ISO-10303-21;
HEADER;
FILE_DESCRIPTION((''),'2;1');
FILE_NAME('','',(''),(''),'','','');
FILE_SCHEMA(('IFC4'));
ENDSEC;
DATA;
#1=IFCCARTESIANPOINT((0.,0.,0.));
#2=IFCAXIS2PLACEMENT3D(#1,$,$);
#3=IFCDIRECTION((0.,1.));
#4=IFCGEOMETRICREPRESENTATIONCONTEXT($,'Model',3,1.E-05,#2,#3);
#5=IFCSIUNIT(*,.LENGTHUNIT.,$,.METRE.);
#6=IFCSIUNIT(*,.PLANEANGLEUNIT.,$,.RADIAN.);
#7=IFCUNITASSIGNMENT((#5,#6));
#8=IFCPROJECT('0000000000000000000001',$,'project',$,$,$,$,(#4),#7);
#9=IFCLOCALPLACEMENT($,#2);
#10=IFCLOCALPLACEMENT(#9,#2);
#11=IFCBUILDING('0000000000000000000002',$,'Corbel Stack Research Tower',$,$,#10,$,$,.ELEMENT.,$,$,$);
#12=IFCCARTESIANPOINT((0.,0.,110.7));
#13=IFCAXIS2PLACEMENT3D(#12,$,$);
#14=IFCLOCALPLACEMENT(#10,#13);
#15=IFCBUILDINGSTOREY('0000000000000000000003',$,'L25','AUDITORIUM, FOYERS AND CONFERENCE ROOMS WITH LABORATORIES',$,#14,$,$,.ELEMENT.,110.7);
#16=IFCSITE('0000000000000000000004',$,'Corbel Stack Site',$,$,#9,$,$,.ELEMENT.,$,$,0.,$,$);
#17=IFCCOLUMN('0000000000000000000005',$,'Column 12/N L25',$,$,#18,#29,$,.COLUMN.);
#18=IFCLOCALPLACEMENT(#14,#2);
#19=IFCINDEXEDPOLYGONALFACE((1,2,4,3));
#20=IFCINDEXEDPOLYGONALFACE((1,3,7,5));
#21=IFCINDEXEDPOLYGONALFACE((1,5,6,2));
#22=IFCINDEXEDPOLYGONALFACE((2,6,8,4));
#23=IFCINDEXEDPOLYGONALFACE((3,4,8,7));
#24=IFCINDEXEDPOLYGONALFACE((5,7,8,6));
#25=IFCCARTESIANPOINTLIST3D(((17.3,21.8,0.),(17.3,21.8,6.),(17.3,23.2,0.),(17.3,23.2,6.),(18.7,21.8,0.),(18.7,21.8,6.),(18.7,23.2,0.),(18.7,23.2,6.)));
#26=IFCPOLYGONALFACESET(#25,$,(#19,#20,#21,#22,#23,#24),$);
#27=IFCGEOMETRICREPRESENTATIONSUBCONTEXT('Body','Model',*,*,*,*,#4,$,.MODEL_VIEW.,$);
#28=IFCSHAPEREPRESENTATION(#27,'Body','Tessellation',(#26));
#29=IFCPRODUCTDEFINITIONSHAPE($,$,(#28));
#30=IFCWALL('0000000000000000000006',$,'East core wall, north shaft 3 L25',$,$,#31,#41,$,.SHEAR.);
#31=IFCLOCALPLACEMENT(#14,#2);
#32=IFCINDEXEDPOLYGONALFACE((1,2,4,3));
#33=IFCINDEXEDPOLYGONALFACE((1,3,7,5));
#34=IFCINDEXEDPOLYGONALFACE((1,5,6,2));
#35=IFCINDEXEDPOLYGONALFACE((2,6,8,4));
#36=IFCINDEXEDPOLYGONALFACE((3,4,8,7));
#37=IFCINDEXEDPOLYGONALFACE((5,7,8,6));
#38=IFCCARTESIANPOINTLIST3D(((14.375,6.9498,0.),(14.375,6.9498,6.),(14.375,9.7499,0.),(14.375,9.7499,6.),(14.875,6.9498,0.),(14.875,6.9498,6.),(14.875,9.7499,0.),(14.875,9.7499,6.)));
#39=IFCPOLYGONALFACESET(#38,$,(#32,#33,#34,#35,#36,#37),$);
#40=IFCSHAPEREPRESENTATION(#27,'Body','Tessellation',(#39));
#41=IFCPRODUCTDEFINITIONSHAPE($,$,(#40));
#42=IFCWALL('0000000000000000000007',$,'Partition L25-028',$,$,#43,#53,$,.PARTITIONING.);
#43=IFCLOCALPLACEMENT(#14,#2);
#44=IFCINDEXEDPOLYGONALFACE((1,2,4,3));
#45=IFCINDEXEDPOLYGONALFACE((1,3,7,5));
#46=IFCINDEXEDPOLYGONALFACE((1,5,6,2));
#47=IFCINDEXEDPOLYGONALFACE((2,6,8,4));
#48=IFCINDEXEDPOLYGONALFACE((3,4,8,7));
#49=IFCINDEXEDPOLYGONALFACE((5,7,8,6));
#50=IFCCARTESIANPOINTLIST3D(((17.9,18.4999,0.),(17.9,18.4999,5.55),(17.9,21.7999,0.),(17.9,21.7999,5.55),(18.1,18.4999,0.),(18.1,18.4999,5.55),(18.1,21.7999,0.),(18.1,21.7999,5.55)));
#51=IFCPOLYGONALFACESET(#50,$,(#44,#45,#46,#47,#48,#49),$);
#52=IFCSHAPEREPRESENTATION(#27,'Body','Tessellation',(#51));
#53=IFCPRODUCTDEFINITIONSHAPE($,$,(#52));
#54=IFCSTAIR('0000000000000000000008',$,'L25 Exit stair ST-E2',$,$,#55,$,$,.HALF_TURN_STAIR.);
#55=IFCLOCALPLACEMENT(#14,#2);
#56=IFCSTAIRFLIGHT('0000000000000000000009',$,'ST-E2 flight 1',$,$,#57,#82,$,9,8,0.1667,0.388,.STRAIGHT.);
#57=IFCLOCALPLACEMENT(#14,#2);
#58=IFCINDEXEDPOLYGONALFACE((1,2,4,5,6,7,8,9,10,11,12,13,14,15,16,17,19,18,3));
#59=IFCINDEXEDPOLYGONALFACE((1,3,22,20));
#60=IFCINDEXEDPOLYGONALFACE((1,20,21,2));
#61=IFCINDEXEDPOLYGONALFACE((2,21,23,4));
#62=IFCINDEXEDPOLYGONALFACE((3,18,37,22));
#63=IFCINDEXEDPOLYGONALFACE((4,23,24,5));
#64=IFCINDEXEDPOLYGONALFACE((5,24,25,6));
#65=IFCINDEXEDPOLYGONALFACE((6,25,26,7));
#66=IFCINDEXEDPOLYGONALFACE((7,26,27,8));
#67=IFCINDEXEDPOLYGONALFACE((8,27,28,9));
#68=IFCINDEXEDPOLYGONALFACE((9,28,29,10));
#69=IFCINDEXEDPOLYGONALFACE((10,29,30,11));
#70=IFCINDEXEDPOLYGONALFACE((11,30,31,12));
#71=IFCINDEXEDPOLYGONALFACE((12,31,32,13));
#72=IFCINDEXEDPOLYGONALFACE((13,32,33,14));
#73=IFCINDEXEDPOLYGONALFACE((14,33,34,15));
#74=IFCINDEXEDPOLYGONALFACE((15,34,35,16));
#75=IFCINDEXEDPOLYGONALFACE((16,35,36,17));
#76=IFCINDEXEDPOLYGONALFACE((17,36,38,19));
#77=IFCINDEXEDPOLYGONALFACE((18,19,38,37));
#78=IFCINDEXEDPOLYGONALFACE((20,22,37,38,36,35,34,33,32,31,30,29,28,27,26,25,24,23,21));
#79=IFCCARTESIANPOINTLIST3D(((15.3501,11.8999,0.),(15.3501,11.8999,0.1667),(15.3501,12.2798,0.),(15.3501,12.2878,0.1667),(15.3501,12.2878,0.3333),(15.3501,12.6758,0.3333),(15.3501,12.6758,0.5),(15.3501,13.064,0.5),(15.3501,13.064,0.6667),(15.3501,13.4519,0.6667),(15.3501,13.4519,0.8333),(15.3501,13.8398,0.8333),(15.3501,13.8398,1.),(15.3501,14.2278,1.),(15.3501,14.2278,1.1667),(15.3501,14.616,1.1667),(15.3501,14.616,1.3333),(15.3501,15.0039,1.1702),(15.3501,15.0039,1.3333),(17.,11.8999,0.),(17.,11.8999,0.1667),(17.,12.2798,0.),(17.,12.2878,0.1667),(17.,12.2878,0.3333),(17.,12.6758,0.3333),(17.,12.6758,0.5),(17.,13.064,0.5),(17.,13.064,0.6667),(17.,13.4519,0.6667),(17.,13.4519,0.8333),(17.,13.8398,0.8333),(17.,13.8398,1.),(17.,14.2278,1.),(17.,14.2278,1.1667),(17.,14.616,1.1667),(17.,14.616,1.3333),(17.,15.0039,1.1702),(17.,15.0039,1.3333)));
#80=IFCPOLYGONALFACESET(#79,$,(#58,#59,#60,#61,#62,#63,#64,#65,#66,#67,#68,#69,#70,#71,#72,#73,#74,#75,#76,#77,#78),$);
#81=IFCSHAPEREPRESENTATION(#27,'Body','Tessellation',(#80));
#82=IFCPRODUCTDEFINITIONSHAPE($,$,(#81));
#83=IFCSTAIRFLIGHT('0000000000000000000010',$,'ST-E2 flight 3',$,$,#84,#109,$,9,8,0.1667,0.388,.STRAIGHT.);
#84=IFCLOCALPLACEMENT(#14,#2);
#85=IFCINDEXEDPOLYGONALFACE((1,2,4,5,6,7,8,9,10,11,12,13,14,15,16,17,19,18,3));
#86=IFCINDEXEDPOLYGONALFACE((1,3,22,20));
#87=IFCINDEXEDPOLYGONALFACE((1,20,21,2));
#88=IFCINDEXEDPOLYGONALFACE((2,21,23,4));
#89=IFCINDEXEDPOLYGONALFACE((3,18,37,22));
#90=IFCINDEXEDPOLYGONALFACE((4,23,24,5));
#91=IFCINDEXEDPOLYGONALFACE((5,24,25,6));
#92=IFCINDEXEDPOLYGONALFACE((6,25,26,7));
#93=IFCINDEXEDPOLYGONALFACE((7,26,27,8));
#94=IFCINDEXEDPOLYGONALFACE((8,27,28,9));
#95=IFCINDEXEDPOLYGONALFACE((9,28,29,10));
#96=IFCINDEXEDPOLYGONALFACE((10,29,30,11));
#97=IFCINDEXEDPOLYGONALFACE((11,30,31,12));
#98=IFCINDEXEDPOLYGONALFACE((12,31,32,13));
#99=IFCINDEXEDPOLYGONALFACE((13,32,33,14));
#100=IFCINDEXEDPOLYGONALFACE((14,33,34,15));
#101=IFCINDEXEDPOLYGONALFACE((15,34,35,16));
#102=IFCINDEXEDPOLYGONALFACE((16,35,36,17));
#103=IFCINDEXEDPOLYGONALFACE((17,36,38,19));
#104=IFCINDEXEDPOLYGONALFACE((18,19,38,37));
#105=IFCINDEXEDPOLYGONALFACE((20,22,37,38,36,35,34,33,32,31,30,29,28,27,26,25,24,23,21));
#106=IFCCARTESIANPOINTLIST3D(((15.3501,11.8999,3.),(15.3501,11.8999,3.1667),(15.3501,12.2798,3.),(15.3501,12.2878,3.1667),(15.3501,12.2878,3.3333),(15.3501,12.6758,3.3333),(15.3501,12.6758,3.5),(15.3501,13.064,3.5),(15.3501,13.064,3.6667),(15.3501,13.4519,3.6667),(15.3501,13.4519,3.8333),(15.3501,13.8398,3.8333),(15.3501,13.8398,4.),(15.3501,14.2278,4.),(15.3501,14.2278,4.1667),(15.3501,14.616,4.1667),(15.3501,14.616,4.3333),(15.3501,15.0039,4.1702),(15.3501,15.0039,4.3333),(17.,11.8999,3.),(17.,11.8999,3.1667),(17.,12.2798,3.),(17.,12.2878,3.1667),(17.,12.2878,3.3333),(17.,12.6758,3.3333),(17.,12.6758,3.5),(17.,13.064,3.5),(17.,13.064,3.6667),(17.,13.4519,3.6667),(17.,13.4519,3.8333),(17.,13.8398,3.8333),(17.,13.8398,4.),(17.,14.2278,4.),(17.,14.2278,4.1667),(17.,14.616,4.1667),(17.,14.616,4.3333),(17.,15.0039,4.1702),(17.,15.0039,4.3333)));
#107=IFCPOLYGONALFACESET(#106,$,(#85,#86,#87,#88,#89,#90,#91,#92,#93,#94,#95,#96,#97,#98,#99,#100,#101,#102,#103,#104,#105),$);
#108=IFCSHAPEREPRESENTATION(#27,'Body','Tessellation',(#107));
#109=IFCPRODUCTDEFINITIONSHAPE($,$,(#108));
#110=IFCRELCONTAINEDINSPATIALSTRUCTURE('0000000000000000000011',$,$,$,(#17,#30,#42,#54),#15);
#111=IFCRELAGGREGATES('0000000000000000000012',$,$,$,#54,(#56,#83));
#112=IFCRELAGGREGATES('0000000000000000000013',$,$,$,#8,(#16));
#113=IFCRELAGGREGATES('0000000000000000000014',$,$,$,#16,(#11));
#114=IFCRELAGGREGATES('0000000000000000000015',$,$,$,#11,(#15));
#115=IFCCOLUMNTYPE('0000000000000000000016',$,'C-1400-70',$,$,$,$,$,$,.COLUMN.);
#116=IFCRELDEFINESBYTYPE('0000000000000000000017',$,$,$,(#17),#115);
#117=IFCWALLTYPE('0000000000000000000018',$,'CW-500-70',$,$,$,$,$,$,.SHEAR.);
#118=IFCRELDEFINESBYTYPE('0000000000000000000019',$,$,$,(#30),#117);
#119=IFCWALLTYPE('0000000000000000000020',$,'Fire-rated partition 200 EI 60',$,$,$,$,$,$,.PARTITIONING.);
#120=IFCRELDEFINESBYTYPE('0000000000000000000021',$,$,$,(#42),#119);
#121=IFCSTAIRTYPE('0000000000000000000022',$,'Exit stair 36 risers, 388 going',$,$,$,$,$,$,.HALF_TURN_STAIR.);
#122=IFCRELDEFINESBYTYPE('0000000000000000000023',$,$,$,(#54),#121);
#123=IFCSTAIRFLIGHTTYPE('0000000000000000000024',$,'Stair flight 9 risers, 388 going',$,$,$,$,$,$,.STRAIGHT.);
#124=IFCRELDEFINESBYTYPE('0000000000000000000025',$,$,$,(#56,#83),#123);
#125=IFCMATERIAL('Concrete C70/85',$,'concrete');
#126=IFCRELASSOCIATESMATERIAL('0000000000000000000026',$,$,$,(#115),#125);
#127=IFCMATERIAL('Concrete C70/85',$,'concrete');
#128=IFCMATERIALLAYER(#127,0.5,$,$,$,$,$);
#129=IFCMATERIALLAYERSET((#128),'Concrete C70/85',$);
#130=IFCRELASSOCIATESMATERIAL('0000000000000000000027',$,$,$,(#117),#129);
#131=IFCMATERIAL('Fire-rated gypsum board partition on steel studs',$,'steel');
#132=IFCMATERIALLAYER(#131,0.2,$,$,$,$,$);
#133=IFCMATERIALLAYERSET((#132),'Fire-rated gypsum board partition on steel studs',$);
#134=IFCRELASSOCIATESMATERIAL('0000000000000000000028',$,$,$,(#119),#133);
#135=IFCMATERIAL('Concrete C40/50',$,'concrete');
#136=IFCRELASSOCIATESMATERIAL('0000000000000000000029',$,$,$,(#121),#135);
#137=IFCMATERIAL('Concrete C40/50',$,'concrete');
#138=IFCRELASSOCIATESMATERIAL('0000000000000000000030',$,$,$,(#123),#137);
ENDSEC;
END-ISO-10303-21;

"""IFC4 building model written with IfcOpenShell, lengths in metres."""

from ifc_helpers import new_model, si_unit, direction, frame, frame_2d, origin, origin_2d, place, context, subcontext, project, spatial, polyline, rectangle, outline, extrude, material, layer, layer_set, material_profile, profile_set, type_object, element, aggregate, save


model = new_model("IFC4")

# Units and contexts
model_context = context("Model", 3, precision=1e-05, world=origin(), true_north=direction((0.0, 1.0)))
body_context = subcontext(model_context, "Body", "Model", "MODEL_VIEW")
ifc_project = project(units=[si_unit("LENGTHUNIT", "METRE"), si_unit("PLANEANGLEUNIT", "RADIAN")], contexts=[model_context])

# Site, building, storey
site_placement = place(None, origin())
site = spatial("IfcSite", under=ifc_project, at=site_placement, Name="Corbel Stack Site", CompositionType="ELEMENT", RefElevation=0.0)
building_placement = place(site_placement, origin())
building = spatial("IfcBuilding", under=site, at=building_placement, Name="Corbel Stack Research Tower", CompositionType="ELEMENT")
storey_placement = place(building_placement, frame((0.0, 0.0, 110.7)))
storey = spatial("IfcBuildingStorey", under=building, at=storey_placement, Name="L25", Description="AUDITORIUM, FOYERS AND CONFERENCE ROOMS WITH LABORATORIES", CompositionType="ELEMENT", Elevation=110.7)

# Column
ifc_material_1 = material(Name="Concrete C70/85", Category="concrete")
ifc_material_profile = material_profile(ifc_material_1, rectangle(XDim=1.3999, YDim=1.3999, at=origin_2d()), Name="RC 1400 x 1400")
ifc_profile_set = profile_set([ifc_material_profile], Name="Concrete C70/85")
column_type = type_object("IfcColumnType", Name="C-1400-70", PredefinedType="COLUMN", material=ifc_profile_set)
column_placement = place(storey_placement, frame((18.0, 22.5, 0.0), z_axis=(0.0, 0.0, 1.0), x_axis=(1.0, 0.0, 0.0)))
element("IfcColumn", 1, at=column_placement, inside=storey, type_object=column_type, Name="Column 12/N L25", PredefinedType="COLUMN", context=body_context, shape_type="SweptSolid", body=[
    extrude(rectangle(XDim=1.3999, YDim=1.3999, at=origin_2d()), origin(), (0.0, 0.0, 1.0), 6.0),
])

# Walls
ifc_material_2 = material(Name="Concrete C70/85", Category="concrete")
ifc_layer_1 = layer(ifc_material_2, 0.5)
ifc_layer_set_1 = layer_set([ifc_layer_1], Name="Concrete C70/85")
wall_type_1 = type_object("IfcWallType", Name="CW-500-70", PredefinedType="SHEAR", material=ifc_layer_set_1)
wall_1_placement = place(storey_placement, frame((14.625, 6.95, 0.0), z_axis=(0.0, 0.0, 1.0), x_axis=(0.0, 1.0, 0.0)))
element("IfcWall", 2, at=wall_1_placement, inside=storey, type_object=wall_type_1, Name="East core wall, north shaft 3 L25", PredefinedType="SHEAR", context=body_context, shape_type="SweptSolid", body=[
    extrude(rectangle(XDim=2.8, YDim=0.5, at=frame_2d((1.3999, 0.0))), origin(), (0.0, 0.0, 1.0), 6.0),
])
ifc_material_3 = material(Name="Fire-rated gypsum board partition on steel studs", Category="steel")
ifc_layer_2 = layer(ifc_material_3, 0.2)
ifc_layer_set_2 = layer_set([ifc_layer_2], Name="Fire-rated gypsum board partition on steel studs")
wall_type_2 = type_object("IfcWallType", Name="Fire-rated partition 200 EI 60", PredefinedType="PARTITIONING", material=ifc_layer_set_2)
wall_2_placement = place(storey_placement, frame((18.0, 18.5, 0.0), z_axis=(0.0, 0.0, 1.0), x_axis=(0.0, 1.0, 0.0)))
element("IfcWall", 3, at=wall_2_placement, inside=storey, type_object=wall_type_2, Name="Partition L25-028", PredefinedType="PARTITIONING", context=body_context, shape_type="SweptSolid", body=[
    extrude(rectangle(XDim=3.3, YDim=0.2, at=frame_2d((1.6499, 0.0))), origin(), (0.0, 0.0, 1.0), 5.55),
])

# Stair, stair flights
ifc_material_4 = material(Name="Concrete C40/50", Category="concrete")
stair_type = type_object("IfcStairType", Name="Exit stair 36 risers, 388 going", PredefinedType="HALF_TURN_STAIR", material=ifc_material_4)
stair_placement = place(storey_placement, origin())
stair = element("IfcStair", 4, at=stair_placement, inside=storey, type_object=stair_type, Name="L25 Exit stair ST-E2", PredefinedType="HALF_TURN_STAIR")
ifc_material_5 = material(Name="Concrete C40/50", Category="concrete")
stair_flight_type = type_object("IfcStairFlightType", Name="Stair flight 9 risers, 388 going", PredefinedType="STRAIGHT", material=ifc_material_5)
stair_flight_1_placement = place(storey_placement, frame((16.175, 11.8999, 0.0), z_axis=(0.0, 0.0, 1.0), x_axis=(0.0, 1.0, 0.0)))
stair_flight_1 = element("IfcStairFlight", 5, at=stair_flight_1_placement, type_object=stair_flight_type, Name="ST-E2 flight 1", NumberOfRisers=9, NumberOfTreads=8, PredefinedType="STRAIGHT", RiserHeight=0.1667, TreadLength=0.388, context=body_context, shape_type="SweptSolid", body=[
    extrude(outline(polyline([(0.0, 0.0), (0.0, 0.1667), (0.3879, 0.1667), (0.3879, 0.3333), (0.7759, 0.3333), (0.7759, 0.5), (1.1641, 0.5), (1.1641, 0.6667), (1.552, 0.6667), (1.552, 0.8333), (1.9399, 0.8333), (1.9399, 1.0), (2.3279, 1.0), (2.3279, 1.1667), (2.7161, 1.1667), (2.7161, 1.3333), (3.104, 1.3333), (3.104, 1.5), (3.104, 1.1702), (0.3799, 0.0), (0.0, 0.0)])), frame((0.0, 0.825, 0.0), z_axis=(0.0, -1.0, 0.0), x_axis=(1.0, 0.0, 0.0)), (0.0, 0.0, 1.0), 1.6499),
])
stair_flight_2_placement = place(storey_placement, frame((16.175, 11.8999, 3.0), z_axis=(0.0, 0.0, 1.0), x_axis=(0.0, 1.0, 0.0)))
stair_flight_2 = element("IfcStairFlight", 6, at=stair_flight_2_placement, type_object=stair_flight_type, Name="ST-E2 flight 3", NumberOfRisers=9, NumberOfTreads=8, PredefinedType="STRAIGHT", RiserHeight=0.1667, TreadLength=0.388, context=body_context, shape_type="SweptSolid", body=[
    extrude(outline(polyline([(0.0, 0.0), (0.0, 0.1667), (0.3879, 0.1667), (0.3879, 0.3333), (0.7759, 0.3333), (0.7759, 0.5), (1.1641, 0.5), (1.1641, 0.6667), (1.552, 0.6667), (1.552, 0.8333), (1.9399, 0.8333), (1.9399, 1.0), (2.3279, 1.0), (2.3279, 1.1667), (2.7161, 1.1667), (2.7161, 1.3333), (3.104, 1.3333), (3.104, 1.5), (3.104, 1.1702), (0.3799, 0.0), (0.0, 0.0)])), frame((0.0, 0.825, 0.0), z_axis=(0.0, -1.0, 0.0), x_axis=(1.0, 0.0, 0.0)), (0.0, 0.0, 1.0), 1.6499),
])
aggregate(stair, [stair_flight_1, stair_flight_2])

save(model, "model.ifc")
